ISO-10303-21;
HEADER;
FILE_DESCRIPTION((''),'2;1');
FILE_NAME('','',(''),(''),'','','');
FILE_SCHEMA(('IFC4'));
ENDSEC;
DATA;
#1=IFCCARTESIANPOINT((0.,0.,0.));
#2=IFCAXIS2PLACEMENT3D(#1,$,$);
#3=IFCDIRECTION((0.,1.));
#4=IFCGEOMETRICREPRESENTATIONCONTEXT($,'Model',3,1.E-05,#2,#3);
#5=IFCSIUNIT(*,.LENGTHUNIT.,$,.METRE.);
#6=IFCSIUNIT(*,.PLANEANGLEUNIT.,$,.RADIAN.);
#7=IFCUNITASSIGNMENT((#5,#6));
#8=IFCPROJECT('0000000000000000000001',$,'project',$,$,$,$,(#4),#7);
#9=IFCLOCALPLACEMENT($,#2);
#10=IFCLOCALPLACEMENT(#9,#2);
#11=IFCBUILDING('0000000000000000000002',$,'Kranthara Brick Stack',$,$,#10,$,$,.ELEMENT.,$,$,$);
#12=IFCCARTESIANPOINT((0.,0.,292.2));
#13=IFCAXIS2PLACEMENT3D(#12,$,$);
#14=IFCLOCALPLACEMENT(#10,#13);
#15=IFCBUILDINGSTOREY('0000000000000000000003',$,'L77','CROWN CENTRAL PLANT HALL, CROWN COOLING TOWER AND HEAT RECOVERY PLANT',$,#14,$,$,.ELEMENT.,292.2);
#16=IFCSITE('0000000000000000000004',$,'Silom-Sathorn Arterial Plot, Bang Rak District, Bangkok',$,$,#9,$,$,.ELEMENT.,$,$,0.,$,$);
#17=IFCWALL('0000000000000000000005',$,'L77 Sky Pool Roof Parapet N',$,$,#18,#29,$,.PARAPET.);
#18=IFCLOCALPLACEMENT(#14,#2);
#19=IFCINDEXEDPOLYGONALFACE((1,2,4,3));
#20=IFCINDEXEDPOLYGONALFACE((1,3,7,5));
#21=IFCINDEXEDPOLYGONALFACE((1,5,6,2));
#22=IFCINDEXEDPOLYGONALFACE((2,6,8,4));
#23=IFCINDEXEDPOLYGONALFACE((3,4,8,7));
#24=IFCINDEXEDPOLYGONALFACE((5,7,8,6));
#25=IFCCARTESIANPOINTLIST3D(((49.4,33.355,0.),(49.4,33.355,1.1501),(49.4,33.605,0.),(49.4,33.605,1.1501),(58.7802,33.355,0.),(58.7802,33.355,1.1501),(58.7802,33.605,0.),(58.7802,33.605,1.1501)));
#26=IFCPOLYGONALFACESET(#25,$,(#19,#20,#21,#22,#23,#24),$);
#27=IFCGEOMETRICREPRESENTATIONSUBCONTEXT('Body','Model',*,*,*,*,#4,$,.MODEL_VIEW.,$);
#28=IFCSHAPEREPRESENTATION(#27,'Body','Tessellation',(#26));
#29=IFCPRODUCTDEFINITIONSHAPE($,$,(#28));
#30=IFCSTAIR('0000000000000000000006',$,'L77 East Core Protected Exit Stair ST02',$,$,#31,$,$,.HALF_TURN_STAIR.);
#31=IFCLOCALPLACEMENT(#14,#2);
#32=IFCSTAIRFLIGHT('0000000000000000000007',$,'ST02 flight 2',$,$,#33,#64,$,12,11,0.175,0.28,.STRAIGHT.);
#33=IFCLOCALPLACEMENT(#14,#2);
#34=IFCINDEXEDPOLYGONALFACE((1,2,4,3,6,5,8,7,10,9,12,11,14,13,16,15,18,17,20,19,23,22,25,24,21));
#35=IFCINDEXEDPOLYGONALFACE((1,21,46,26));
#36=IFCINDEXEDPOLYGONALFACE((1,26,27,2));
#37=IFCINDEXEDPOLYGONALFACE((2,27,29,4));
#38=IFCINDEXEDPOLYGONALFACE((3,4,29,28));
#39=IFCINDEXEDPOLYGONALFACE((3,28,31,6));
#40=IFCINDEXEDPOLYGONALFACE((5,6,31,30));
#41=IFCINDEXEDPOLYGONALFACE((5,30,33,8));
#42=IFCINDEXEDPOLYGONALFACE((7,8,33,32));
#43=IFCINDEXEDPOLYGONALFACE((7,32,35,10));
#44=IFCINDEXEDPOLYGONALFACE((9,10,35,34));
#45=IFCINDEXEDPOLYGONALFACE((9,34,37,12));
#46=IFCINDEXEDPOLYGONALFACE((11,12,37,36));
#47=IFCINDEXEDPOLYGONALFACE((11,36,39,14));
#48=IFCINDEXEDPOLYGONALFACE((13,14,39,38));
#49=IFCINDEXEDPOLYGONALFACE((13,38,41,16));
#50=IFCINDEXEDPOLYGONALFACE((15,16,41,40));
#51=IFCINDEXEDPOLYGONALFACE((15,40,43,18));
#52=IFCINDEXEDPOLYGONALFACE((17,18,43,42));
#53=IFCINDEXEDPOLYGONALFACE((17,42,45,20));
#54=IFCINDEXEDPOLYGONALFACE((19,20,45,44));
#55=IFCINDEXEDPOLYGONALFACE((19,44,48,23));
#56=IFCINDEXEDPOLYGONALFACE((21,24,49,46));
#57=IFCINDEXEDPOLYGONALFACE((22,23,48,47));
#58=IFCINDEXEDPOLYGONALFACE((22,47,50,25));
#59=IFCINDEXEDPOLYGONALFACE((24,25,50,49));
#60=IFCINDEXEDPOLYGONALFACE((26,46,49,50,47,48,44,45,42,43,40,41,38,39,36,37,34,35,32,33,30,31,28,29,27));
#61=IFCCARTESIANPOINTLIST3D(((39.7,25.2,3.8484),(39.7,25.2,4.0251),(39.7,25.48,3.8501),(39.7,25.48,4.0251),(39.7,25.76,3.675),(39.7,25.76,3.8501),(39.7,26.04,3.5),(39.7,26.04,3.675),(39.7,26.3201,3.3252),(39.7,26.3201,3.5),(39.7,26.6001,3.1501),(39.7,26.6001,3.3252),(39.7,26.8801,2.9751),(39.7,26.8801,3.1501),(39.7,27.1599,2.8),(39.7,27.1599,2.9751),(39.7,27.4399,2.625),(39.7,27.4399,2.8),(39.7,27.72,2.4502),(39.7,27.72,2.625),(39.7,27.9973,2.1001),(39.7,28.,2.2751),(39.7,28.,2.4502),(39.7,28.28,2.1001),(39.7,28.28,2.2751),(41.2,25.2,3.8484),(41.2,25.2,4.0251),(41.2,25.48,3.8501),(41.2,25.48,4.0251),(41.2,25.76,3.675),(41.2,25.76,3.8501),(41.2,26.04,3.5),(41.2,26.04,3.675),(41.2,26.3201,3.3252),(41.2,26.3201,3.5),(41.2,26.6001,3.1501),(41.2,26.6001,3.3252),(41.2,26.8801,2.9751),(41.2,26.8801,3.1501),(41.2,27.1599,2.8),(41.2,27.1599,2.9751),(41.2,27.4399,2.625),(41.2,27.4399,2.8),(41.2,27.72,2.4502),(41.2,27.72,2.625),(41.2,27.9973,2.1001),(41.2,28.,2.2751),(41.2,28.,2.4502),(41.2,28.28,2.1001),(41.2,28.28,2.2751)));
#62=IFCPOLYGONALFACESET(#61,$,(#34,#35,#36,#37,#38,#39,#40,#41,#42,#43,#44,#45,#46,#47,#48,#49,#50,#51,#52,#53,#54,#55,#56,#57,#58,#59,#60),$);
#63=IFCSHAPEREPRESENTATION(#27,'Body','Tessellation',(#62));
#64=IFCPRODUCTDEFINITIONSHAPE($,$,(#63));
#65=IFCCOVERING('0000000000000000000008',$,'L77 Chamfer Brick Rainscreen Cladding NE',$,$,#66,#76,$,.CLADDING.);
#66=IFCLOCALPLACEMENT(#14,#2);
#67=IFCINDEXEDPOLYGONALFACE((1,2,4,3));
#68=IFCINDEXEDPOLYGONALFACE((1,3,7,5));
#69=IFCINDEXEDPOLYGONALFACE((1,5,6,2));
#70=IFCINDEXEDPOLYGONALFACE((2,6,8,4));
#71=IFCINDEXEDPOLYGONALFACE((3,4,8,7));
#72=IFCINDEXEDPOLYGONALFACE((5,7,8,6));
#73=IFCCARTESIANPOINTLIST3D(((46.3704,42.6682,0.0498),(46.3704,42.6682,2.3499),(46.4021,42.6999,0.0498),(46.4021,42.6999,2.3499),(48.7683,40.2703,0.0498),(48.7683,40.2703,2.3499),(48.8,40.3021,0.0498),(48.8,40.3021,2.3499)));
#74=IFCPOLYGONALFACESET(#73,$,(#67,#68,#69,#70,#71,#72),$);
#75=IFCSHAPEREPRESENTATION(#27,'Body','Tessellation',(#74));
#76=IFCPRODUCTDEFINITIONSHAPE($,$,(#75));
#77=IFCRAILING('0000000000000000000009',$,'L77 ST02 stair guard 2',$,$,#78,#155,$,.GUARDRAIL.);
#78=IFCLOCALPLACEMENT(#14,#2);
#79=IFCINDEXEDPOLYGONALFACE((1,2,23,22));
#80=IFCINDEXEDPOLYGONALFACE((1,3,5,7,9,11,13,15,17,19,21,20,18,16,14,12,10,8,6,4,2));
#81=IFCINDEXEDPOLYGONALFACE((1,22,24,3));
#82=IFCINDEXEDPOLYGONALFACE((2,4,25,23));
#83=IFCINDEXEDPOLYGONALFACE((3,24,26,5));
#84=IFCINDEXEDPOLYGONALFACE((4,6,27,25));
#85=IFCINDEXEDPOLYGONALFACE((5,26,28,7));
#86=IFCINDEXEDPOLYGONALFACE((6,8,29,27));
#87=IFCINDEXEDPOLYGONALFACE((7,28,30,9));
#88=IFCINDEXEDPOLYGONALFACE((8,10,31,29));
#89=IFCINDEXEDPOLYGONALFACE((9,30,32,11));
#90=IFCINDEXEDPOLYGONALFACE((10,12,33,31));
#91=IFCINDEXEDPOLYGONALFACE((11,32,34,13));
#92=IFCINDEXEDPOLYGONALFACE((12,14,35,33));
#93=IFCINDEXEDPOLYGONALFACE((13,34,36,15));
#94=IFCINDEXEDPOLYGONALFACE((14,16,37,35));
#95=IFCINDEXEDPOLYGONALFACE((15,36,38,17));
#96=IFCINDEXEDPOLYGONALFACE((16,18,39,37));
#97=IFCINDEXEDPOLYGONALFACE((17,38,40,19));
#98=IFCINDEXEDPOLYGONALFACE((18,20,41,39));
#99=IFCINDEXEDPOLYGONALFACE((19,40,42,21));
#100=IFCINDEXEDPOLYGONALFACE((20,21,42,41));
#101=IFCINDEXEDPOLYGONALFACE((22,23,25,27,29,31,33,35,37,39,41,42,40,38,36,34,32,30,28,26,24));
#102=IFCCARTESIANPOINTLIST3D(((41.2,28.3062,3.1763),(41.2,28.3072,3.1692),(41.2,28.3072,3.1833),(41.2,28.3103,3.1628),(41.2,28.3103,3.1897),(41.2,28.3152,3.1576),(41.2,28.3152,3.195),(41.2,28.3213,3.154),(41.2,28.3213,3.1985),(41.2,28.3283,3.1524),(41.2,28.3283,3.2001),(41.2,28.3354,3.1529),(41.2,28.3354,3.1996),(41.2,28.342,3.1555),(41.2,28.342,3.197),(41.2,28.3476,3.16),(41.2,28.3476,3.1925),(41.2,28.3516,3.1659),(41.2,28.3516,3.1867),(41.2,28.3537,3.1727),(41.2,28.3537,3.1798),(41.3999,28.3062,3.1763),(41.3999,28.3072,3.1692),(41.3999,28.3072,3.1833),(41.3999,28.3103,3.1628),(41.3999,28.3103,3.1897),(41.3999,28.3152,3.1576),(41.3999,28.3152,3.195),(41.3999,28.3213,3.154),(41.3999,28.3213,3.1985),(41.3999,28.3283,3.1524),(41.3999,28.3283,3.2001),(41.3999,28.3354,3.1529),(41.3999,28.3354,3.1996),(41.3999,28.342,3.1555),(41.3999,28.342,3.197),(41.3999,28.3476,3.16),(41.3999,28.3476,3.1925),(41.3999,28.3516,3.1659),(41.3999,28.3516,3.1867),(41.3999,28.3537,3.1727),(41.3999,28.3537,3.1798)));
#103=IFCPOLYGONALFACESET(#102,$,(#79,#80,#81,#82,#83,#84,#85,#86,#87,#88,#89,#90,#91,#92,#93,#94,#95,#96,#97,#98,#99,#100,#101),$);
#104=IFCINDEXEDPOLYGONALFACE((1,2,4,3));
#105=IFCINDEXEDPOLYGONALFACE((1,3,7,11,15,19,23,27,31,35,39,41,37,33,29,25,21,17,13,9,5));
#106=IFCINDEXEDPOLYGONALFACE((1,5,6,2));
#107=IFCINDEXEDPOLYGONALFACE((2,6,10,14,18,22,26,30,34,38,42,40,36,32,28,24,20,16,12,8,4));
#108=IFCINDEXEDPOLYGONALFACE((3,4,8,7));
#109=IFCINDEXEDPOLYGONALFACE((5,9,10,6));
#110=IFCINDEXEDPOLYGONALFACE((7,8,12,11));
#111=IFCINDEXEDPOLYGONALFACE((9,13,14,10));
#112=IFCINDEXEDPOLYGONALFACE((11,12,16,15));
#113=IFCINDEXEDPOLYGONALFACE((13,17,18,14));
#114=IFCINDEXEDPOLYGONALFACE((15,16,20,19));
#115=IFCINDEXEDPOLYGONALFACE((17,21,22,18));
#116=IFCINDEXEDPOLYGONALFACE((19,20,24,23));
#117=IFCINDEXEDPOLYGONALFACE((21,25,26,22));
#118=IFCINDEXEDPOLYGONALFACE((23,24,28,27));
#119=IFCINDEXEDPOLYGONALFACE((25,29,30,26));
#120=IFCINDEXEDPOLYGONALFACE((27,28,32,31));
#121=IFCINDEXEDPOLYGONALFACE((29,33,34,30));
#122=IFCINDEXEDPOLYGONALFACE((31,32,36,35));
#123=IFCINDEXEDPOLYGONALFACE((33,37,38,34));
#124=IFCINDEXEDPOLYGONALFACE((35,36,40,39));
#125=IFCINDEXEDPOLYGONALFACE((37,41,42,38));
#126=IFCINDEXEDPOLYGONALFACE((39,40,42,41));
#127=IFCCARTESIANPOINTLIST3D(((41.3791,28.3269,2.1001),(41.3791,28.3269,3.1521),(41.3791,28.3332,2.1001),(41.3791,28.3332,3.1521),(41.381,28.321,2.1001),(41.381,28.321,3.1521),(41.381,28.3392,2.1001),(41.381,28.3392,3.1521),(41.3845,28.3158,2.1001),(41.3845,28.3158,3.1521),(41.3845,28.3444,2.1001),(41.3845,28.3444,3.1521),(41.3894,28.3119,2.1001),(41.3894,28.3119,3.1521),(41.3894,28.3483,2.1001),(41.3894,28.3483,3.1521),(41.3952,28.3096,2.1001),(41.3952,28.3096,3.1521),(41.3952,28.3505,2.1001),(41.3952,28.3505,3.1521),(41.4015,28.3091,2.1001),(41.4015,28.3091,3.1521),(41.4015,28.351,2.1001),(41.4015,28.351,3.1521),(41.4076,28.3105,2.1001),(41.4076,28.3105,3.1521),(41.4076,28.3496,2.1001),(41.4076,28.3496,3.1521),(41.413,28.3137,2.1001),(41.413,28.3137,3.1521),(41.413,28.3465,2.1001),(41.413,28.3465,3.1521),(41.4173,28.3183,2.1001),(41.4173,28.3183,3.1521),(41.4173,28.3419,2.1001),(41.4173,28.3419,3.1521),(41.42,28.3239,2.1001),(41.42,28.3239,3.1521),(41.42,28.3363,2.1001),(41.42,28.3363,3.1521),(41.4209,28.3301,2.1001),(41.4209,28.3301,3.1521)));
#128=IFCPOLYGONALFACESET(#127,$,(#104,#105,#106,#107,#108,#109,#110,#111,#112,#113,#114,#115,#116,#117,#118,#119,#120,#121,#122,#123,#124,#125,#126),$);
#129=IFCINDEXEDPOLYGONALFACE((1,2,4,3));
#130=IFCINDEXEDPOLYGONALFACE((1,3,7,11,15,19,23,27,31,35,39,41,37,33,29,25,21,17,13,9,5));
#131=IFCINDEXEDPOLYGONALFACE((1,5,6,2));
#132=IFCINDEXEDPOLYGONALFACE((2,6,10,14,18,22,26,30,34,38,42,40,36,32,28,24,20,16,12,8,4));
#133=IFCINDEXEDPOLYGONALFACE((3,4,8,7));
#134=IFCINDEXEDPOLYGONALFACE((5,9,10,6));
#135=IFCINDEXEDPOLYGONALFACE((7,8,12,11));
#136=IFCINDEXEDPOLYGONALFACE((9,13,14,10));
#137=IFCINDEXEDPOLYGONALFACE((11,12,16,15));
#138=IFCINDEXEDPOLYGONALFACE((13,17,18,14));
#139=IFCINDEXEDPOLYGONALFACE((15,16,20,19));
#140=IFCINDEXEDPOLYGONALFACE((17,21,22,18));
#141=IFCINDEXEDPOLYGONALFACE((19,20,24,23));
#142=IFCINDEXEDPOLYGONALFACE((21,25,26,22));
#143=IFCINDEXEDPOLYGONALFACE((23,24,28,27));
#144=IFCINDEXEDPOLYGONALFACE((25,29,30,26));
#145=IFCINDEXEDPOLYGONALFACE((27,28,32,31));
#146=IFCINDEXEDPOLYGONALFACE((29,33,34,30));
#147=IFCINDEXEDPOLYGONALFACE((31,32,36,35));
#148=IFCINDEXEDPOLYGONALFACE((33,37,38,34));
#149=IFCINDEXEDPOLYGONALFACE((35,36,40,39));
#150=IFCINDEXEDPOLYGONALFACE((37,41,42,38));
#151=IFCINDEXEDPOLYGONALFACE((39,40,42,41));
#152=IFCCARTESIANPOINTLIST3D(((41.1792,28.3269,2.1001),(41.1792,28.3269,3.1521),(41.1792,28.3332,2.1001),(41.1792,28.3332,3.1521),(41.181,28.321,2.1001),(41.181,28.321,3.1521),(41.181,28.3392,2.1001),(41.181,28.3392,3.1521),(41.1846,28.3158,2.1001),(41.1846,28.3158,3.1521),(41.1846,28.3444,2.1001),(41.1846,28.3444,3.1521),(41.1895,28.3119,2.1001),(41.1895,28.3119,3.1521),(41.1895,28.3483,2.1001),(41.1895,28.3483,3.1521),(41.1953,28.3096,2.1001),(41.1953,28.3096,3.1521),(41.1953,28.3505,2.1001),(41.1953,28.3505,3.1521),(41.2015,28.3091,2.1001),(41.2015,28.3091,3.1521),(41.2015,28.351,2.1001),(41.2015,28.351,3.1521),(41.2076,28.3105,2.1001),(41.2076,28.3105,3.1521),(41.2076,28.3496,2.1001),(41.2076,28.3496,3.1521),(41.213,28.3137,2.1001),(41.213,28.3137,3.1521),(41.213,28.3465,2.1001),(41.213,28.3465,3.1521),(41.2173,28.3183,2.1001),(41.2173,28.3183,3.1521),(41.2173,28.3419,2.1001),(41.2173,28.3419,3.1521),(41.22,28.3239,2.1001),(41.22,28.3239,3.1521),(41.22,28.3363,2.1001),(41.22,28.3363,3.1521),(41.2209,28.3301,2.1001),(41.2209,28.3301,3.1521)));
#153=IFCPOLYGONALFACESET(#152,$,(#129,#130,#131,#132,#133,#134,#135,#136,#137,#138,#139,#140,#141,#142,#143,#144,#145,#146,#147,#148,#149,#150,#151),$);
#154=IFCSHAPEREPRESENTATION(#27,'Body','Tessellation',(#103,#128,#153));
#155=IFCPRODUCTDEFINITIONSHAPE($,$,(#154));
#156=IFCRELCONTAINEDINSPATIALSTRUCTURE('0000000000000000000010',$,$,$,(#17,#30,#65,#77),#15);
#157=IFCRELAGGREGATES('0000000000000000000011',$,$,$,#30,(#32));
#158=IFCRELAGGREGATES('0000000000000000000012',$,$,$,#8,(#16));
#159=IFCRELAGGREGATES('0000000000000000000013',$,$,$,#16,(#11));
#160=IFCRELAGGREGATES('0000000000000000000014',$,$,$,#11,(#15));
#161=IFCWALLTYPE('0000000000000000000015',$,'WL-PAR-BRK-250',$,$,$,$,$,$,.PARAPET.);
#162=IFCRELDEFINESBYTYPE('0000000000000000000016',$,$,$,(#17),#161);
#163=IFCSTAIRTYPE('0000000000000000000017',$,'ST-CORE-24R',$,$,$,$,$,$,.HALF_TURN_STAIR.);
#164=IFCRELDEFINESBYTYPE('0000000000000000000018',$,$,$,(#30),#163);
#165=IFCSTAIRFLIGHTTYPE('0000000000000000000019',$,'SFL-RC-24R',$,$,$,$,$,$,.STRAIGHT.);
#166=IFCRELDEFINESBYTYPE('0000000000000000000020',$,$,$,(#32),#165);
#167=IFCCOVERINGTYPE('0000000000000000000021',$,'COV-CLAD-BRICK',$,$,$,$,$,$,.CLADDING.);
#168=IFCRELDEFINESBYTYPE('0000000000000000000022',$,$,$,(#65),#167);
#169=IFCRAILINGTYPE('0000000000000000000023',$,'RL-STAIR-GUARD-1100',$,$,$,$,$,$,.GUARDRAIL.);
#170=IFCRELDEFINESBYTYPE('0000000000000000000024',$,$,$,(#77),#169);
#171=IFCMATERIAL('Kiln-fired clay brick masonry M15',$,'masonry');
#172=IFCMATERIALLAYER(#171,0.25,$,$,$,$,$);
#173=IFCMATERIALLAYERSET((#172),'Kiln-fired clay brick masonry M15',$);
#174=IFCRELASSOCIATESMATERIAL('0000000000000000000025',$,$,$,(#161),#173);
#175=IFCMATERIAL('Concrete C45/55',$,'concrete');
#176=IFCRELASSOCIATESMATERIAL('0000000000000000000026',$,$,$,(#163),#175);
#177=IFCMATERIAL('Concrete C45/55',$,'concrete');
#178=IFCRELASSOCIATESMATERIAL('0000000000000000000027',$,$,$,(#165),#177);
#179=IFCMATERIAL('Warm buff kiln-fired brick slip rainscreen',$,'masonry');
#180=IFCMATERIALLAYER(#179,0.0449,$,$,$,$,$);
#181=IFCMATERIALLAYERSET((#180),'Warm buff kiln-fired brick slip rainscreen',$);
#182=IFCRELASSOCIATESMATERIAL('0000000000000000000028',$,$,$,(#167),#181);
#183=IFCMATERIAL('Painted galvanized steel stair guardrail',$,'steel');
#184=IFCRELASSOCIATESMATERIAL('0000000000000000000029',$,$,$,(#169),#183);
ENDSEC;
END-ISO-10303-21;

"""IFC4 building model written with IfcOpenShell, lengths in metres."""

from ifc_helpers import new_model, si_unit, direction, frame, frame_2d, origin, origin_2d, place, context, subcontext, project, spatial, polyline, rectangle, circle, outline, extrude, material, layer, layer_set, type_object, element, aggregate, save


model = new_model("IFC4")

# Units and contexts
model_context = context("Model", 3, precision=1e-05, world=origin(), true_north=direction((0.0, 1.0)))
body_context = subcontext(model_context, "Body", "Model", "MODEL_VIEW")
ifc_project = project(units=[si_unit("LENGTHUNIT", "METRE"), si_unit("PLANEANGLEUNIT", "RADIAN")], contexts=[model_context])

# Site, building, storey
site_placement = place(None, origin())
site = spatial("IfcSite", under=ifc_project, at=site_placement, Name="Silom-Sathorn Arterial Plot, Bang Rak District, Bangkok", CompositionType="ELEMENT", RefElevation=0.0)
building_placement = place(site_placement, origin())
building = spatial("IfcBuilding", under=site, at=building_placement, Name="Kranthara Brick Stack", CompositionType="ELEMENT")
storey_placement = place(building_placement, frame((0.0, 0.0, 292.2)))
storey = spatial("IfcBuildingStorey", under=building, at=storey_placement, Name="L77", Description="CROWN CENTRAL PLANT HALL, CROWN COOLING TOWER AND HEAT RECOVERY PLANT", CompositionType="ELEMENT", Elevation=292.2)

# Wall
ifc_material_1 = material(Name="Kiln-fired clay brick masonry M15", Category="masonry")
ifc_layer_1 = layer(ifc_material_1, 0.25)
ifc_layer_set_1 = layer_set([ifc_layer_1], Name="Kiln-fired clay brick masonry M15")
wall_type_1 = type_object("IfcWallType", Name="WL-PAR-BRK-250", PredefinedType="PARAPET", material=ifc_layer_set_1)
wall_1_placement = place(storey_placement, frame((58.78, 33.48, 0.0), z_axis=(0.0, 0.0, 1.0), x_axis=(-1.0, 0.0, 0.0)))
element("IfcWall", 1, at=wall_1_placement, inside=storey, type_object=wall_type_1, Name="L77 Sky Pool Roof Parapet N", PredefinedType="PARAPET", context=body_context, shape_type="SweptSolid", body=[
    extrude(rectangle(XDim=9.3801, YDim=0.25, at=frame_2d((4.6899, 0.0))), origin(), (0.0, 0.0, 1.0), 1.1501),
])

# Stair, stair flight
ifc_material_2 = material(Name="Concrete C45/55", Category="concrete")
stair_type = type_object("IfcStairType", Name="ST-CORE-24R", PredefinedType="HALF_TURN_STAIR", material=ifc_material_2)
stair_placement = place(storey_placement, origin())
stair = element("IfcStair", 2, at=stair_placement, inside=storey, type_object=stair_type, Name="L77 East Core Protected Exit Stair ST02", PredefinedType="HALF_TURN_STAIR")
ifc_material_3 = material(Name="Concrete C45/55", Category="concrete")
stair_flight_type = type_object("IfcStairFlightType", Name="SFL-RC-24R", PredefinedType="STRAIGHT", material=ifc_material_3)
stair_flight_placement = place(storey_placement, frame((40.45, 28.28, 2.1001), z_axis=(0.0, 0.0, 1.0), x_axis=(0.0, -1.0, 0.0)))
stair_flight = element("IfcStairFlight", 3, at=stair_flight_placement, type_object=stair_flight_type, Name="ST02 flight 2", NumberOfRisers=12, NumberOfTreads=11, PredefinedType="STRAIGHT", RiserHeight=0.175, TreadLength=0.28, context=body_context, shape_type="SweptSolid", body=[
    extrude(outline(polyline([(0.0, 0.0), (0.0, 0.175), (0.28, 0.175), (0.28, 0.3501), (0.5601, 0.3501), (0.5601, 0.5249), (0.8401, 0.5249), (0.8401, 0.7), (1.1201, 0.7), (1.1201, 0.875), (1.3999, 0.875), (1.3999, 1.05), (1.6799, 1.05), (1.6799, 1.2251), (1.96, 1.2251), (1.96, 1.3999), (2.24, 1.3999), (2.24, 1.575), (2.52, 1.575), (2.52, 1.75), (2.8, 1.75), (2.8, 1.925), (3.0801, 1.925), (3.0801, 2.1001), (3.0801, 1.7483), (0.2827, 0.0), (0.0, 0.0)])), frame((0.0, 0.75, 0.0), z_axis=(0.0, -1.0, 0.0), x_axis=(1.0, 0.0, 0.0)), (0.0, 0.0, 1.0), 1.5),
])
aggregate(stair, [stair_flight])

# Covering
ifc_material_4 = material(Name="Warm buff kiln-fired brick slip rainscreen", Category="masonry")
ifc_layer_2 = layer(ifc_material_4, 0.0449)
ifc_layer_set_2 = layer_set([ifc_layer_2], Name="Warm buff kiln-fired brick slip rainscreen")
covering_type = type_object("IfcCoveringType", Name="COV-CLAD-BRICK", PredefinedType="CLADDING", material=ifc_layer_set_2)
covering_placement = place(storey_placement, frame((47.5852, 41.4851, 0.0498), z_axis=(0.0, 0.0, 1.0), x_axis=(0.707107, -0.707107, 0.0)))
element("IfcCovering", 4, at=covering_placement, inside=storey, type_object=covering_type, Name="L77 Chamfer Brick Rainscreen Cladding NE", PredefinedType="CLADDING", context=body_context, shape_type="SweptSolid", body=[
    extrude(rectangle(XDim=3.3911, YDim=0.0449, at=origin_2d()), origin(), (0.0, 0.0, 1.0), 2.3),
])

# Railing
ifc_material_5 = material(Name="Painted galvanized steel stair guardrail", Category="steel")
railing_type = type_object("IfcRailingType", Name="RL-STAIR-GUARD-1100", PredefinedType="GUARDRAIL", material=ifc_material_5)
railing_1_placement = place(storey_placement, frame((41.3999, 28.3301, 2.1001)))
element("IfcRailing", 5, at=railing_1_placement, inside=storey, type_object=railing_type, Name="L77 ST02 stair guard 2", PredefinedType="GUARDRAIL", context=body_context, shape_type="SweptSolid", body=[
    extrude(circle(Radius=0.0239, at=origin_2d()), frame((0.0, 0.0, 1.0762), z_axis=(-1.0, 0.0, 0.0), x_axis=(0.0, -1.0, 0.0)), (0.0, 0.0, 1.0), 0.2),
    extrude(circle(Radius=0.021, at=origin_2d()), origin(), (0.0, 0.0, 1.0), 1.052),
    extrude(circle(Radius=0.021, at=origin_2d()), frame((-0.2, 0.0, 0.0)), (0.0, 0.0, 1.0), 1.052),
])

save(model, "model.ifc")
